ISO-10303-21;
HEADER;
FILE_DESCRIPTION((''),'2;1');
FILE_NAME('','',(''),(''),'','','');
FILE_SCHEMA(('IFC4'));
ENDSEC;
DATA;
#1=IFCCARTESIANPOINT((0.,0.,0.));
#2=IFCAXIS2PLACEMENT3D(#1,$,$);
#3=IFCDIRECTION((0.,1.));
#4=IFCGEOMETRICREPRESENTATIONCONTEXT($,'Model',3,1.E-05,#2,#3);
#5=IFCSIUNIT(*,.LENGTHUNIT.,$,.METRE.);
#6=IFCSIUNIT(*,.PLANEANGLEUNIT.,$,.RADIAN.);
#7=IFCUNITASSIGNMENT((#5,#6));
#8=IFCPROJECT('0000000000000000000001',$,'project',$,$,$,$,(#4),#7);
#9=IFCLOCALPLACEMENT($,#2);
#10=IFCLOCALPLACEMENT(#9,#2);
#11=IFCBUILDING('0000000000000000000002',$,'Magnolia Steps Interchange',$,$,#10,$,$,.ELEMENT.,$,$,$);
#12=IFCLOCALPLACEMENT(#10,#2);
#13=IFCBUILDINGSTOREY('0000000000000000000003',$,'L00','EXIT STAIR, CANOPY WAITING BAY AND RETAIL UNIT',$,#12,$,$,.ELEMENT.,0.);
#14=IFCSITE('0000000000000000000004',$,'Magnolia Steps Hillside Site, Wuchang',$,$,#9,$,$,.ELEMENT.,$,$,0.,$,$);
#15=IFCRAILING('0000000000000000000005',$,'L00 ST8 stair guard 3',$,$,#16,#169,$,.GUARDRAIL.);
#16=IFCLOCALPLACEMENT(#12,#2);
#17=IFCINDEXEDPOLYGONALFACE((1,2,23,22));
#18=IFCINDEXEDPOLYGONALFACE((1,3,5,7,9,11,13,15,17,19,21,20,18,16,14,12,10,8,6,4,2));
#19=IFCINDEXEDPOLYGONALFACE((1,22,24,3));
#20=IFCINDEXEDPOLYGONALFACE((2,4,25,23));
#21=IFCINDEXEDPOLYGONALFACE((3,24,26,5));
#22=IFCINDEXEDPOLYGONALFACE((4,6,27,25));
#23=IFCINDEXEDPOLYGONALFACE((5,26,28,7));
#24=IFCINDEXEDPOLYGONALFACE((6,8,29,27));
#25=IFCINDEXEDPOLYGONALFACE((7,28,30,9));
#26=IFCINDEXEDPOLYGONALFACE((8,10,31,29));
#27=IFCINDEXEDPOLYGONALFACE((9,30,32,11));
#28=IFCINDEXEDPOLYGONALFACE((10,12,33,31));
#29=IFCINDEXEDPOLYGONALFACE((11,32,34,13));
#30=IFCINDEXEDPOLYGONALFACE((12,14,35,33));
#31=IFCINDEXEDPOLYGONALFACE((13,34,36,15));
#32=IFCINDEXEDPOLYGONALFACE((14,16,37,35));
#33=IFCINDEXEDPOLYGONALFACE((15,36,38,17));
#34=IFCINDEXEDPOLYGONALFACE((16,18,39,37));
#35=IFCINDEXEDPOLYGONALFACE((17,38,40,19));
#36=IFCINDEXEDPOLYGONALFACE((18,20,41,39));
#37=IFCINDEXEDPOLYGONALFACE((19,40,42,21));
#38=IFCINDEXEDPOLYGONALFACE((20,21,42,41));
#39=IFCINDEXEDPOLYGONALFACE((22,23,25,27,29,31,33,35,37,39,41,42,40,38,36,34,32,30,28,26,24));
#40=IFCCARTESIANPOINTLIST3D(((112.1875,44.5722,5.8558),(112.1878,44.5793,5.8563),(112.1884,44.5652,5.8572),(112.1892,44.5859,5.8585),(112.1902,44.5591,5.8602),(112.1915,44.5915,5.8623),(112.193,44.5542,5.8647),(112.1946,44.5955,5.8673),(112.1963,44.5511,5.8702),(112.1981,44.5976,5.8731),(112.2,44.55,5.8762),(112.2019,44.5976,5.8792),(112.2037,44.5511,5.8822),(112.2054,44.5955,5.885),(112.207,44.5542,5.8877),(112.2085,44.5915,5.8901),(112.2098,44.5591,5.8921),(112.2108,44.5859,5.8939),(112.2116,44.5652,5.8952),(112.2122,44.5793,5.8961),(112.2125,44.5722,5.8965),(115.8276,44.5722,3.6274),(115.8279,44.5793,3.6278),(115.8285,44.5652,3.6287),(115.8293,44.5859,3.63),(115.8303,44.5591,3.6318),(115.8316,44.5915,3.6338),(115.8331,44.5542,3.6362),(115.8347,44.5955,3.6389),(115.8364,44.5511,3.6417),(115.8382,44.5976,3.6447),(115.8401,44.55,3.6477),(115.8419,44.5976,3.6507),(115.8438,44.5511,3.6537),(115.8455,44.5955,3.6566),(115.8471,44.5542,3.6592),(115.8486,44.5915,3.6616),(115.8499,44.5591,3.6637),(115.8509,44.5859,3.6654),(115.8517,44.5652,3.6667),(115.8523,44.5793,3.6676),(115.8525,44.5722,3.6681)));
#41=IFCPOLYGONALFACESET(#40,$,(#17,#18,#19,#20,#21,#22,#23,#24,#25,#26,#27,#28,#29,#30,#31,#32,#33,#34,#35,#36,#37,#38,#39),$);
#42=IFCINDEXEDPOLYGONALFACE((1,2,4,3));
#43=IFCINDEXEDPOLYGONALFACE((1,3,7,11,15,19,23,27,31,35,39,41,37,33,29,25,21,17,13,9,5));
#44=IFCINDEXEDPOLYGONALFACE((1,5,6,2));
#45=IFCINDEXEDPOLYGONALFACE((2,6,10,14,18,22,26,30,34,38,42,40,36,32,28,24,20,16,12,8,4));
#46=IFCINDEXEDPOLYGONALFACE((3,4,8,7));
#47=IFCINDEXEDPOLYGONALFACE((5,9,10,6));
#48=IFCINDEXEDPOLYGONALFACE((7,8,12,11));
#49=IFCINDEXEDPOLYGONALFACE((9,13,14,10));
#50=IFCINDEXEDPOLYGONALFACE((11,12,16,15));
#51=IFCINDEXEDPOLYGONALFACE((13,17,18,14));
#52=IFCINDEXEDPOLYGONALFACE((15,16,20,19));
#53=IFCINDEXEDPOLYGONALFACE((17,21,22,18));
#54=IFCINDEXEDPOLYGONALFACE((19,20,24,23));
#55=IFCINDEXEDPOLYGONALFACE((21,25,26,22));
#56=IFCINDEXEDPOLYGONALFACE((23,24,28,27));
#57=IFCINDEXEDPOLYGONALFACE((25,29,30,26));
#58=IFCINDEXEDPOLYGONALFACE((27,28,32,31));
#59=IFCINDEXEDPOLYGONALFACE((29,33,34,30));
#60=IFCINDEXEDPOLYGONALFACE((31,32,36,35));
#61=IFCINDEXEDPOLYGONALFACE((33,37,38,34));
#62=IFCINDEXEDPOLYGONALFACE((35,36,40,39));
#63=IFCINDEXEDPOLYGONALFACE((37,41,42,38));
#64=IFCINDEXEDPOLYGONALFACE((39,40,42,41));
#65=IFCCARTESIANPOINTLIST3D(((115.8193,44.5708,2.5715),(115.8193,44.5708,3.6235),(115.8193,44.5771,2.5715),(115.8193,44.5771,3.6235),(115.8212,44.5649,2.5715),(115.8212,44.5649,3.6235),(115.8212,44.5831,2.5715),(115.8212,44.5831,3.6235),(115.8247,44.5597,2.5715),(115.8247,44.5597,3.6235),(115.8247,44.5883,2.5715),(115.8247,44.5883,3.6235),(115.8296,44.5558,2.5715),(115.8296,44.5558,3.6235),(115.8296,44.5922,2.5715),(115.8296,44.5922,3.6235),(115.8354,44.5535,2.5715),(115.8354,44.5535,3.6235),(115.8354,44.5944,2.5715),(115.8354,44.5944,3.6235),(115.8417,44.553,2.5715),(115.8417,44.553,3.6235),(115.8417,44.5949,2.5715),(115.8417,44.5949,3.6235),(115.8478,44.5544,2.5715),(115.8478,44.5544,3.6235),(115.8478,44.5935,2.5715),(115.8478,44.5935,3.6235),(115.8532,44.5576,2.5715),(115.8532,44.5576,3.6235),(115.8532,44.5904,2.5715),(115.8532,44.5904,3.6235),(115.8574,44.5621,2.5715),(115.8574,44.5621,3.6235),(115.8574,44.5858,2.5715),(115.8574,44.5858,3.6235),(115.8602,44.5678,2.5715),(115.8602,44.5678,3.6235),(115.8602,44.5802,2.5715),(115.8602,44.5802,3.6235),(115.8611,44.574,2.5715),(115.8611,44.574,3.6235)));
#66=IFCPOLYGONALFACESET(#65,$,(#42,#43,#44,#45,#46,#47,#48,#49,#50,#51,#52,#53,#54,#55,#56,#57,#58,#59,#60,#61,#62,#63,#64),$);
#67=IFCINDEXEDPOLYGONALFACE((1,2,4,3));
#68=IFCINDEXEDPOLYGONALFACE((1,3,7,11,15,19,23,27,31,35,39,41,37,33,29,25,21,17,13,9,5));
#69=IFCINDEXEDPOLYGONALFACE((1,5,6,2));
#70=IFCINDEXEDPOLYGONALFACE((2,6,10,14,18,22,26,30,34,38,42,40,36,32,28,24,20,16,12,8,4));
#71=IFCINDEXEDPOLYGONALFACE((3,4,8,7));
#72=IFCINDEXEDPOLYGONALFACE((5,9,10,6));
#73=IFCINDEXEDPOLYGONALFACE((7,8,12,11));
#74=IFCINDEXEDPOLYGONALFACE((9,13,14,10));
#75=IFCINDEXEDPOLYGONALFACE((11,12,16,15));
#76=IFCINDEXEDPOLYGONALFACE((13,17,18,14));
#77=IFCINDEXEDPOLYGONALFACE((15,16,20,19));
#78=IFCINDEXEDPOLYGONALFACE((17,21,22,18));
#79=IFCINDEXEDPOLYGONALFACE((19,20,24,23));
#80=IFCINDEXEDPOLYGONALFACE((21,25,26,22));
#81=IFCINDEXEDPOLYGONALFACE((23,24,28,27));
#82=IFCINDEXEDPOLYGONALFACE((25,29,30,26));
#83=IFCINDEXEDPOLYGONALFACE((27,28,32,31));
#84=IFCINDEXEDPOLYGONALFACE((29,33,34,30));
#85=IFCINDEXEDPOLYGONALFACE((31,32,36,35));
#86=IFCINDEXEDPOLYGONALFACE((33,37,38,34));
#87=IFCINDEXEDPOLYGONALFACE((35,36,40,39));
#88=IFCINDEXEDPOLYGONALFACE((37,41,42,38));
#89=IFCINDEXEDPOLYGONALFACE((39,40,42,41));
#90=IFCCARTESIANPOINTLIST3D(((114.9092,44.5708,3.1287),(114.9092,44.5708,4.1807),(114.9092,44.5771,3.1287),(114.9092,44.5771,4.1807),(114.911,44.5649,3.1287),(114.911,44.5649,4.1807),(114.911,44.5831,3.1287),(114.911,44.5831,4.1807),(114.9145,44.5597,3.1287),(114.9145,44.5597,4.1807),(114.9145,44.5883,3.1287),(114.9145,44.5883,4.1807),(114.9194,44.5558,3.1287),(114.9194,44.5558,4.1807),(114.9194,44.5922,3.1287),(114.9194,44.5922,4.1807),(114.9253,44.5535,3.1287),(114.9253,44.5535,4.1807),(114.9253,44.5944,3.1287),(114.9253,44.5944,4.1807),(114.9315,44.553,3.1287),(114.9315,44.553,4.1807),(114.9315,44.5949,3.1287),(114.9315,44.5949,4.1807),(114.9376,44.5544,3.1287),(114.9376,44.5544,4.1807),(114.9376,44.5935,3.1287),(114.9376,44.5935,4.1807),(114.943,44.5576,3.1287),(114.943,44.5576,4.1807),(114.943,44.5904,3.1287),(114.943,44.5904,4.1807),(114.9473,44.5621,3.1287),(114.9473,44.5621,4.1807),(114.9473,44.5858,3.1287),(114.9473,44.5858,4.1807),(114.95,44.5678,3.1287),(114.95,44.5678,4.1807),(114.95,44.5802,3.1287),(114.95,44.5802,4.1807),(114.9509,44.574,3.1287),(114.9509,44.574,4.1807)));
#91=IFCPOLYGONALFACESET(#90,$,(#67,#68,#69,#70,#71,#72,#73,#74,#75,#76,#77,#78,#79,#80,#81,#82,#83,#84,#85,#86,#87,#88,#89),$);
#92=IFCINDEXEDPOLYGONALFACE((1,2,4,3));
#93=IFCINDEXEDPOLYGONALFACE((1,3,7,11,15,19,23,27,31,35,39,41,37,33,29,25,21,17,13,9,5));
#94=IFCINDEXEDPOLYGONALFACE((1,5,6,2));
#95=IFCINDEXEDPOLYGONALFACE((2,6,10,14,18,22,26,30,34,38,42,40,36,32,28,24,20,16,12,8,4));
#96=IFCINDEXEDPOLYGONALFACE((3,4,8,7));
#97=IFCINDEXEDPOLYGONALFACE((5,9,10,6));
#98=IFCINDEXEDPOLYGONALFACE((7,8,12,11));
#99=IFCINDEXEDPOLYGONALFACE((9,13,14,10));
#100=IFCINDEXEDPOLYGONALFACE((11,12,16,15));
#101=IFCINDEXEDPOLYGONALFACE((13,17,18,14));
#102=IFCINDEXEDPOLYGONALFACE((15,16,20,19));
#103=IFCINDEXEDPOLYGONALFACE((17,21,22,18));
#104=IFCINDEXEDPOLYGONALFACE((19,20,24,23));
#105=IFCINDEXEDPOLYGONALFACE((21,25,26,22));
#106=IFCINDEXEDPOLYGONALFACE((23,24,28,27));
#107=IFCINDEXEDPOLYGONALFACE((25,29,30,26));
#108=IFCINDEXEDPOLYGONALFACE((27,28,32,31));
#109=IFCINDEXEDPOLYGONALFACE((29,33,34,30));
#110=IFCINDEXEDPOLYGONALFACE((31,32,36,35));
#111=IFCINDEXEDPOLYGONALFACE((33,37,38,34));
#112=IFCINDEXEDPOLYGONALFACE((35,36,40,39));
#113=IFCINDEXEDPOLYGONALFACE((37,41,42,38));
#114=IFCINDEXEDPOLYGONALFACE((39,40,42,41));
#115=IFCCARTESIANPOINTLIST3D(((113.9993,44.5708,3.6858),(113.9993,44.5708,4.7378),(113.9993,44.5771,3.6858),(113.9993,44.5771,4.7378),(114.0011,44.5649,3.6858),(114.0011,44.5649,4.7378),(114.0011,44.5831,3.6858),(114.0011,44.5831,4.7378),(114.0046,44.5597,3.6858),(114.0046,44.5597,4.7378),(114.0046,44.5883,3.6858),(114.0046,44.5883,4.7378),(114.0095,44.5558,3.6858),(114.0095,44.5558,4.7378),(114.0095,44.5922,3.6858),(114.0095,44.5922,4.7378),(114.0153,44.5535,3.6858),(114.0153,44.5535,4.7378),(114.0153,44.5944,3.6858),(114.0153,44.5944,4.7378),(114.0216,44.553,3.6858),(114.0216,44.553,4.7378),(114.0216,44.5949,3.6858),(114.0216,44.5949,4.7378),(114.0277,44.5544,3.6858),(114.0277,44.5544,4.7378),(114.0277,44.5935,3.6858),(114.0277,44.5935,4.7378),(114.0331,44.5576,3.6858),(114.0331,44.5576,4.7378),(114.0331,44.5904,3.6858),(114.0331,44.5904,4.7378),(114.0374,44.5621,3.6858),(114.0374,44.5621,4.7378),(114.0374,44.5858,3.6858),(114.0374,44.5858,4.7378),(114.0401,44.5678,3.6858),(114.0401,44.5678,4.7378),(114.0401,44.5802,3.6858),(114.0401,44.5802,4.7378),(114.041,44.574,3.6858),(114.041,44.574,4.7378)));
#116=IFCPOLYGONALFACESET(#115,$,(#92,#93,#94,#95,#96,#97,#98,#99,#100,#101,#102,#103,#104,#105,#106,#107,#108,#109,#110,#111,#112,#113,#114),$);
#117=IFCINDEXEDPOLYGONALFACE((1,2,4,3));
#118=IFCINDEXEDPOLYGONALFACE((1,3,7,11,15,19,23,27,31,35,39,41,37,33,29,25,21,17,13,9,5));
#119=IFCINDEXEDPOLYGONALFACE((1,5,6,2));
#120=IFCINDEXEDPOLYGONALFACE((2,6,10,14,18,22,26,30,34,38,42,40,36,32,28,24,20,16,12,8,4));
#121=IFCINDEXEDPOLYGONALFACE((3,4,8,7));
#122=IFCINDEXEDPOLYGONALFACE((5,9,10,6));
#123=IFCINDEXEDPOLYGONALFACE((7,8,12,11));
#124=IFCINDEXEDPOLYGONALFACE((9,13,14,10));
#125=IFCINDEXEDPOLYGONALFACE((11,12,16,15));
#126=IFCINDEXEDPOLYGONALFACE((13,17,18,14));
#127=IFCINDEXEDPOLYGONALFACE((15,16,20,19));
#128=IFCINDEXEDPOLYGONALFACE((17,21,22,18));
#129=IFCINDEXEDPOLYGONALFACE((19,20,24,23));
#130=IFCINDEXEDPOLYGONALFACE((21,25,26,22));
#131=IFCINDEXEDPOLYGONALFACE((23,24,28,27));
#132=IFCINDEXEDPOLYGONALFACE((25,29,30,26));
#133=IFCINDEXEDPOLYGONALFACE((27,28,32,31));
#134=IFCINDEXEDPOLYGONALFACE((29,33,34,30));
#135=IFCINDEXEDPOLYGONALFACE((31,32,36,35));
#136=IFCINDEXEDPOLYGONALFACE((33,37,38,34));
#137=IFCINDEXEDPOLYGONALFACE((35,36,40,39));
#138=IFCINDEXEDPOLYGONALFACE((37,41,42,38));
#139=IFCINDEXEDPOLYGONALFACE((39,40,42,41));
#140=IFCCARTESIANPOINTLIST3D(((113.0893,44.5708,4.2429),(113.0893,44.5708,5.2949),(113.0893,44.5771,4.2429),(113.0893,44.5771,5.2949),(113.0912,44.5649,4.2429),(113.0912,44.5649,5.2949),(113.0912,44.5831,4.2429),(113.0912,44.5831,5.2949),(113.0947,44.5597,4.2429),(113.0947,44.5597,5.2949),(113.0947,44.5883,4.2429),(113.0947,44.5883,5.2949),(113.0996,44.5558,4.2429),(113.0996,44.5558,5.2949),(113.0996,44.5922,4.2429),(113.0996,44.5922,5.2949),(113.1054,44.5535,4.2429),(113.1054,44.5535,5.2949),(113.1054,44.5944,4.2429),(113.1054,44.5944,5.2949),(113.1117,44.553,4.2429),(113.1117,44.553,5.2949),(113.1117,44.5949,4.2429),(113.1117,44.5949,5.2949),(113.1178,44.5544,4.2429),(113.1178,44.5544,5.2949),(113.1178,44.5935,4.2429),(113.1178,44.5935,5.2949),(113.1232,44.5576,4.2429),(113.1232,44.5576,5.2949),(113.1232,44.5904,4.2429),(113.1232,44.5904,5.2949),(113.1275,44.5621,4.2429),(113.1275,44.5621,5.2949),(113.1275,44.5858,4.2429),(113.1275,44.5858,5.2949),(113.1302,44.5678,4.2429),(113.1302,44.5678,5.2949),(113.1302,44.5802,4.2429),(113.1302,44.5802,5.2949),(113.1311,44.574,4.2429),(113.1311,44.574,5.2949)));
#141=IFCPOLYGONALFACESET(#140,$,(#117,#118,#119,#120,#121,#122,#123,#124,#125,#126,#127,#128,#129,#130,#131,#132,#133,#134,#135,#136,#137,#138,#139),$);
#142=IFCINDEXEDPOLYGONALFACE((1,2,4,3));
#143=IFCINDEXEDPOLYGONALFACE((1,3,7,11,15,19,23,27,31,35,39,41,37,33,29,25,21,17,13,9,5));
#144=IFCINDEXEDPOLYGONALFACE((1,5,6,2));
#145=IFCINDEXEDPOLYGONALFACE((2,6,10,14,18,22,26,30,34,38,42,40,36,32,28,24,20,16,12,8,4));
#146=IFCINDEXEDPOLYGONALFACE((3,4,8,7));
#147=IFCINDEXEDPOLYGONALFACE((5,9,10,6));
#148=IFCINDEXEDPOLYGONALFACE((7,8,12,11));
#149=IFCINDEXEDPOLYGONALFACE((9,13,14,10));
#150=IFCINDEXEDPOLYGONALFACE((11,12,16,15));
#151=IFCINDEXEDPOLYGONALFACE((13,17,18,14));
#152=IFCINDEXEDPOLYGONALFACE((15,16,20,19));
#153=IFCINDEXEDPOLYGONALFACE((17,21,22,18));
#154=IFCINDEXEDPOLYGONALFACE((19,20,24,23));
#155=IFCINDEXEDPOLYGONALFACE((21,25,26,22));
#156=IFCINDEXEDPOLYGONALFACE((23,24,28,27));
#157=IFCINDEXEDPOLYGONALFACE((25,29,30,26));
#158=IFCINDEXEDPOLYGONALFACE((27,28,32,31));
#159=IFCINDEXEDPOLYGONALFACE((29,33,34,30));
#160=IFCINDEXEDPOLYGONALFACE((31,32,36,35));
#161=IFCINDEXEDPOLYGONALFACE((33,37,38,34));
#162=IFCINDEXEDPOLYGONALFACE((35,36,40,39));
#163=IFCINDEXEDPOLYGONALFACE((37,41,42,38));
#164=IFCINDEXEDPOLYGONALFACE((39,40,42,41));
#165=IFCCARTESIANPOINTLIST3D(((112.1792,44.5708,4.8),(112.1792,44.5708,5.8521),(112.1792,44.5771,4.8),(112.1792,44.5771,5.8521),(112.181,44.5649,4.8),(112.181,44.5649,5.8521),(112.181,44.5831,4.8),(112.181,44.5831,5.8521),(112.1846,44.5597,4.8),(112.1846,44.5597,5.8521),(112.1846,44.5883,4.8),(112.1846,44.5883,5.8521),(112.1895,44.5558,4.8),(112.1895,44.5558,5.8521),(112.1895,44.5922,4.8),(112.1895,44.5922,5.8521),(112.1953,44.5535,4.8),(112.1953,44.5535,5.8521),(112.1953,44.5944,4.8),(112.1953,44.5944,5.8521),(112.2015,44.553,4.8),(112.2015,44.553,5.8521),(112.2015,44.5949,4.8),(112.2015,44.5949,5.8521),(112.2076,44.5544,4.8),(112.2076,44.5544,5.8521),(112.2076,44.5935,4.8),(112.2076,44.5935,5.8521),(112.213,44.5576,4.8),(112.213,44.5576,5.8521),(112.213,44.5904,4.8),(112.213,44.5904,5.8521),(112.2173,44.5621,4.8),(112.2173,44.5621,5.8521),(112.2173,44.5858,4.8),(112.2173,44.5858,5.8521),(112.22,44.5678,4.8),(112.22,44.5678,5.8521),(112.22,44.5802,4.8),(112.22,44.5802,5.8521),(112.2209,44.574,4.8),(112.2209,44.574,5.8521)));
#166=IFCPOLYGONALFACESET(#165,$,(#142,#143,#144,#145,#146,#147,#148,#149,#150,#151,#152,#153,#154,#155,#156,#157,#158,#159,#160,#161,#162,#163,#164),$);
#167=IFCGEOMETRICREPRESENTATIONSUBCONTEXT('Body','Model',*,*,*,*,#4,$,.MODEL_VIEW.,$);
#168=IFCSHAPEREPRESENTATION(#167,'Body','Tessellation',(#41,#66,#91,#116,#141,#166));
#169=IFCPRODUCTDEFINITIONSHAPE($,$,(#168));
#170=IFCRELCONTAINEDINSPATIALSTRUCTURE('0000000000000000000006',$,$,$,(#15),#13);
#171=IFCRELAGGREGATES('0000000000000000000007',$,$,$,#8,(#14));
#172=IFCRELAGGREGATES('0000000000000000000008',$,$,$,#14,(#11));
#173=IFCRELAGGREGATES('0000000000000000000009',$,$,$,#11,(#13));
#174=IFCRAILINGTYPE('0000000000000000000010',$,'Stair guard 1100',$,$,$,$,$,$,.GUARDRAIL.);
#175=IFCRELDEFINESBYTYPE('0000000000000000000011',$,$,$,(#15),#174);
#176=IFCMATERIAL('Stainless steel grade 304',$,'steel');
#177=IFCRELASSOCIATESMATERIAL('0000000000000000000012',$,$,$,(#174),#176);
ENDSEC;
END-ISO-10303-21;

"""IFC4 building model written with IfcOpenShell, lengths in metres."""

from ifc_helpers import new_model, si_unit, direction, frame, origin, origin_2d, place, context, subcontext, project, spatial, circle, extrude, material, type_object, element, save


model = new_model("IFC4")

# Units and contexts
model_context = context("Model", 3, precision=1e-05, world=origin(), true_north=direction((0.0, 1.0)))
body_context = subcontext(model_context, "Body", "Model", "MODEL_VIEW")
ifc_project = project(units=[si_unit("LENGTHUNIT", "METRE"), si_unit("PLANEANGLEUNIT", "RADIAN")], contexts=[model_context])

# Site, building, storey
site_placement = place(None, origin())
site = spatial("IfcSite", under=ifc_project, at=site_placement, Name="Magnolia Steps Hillside Site, Wuchang", CompositionType="ELEMENT", RefElevation=0.0)
building_placement = place(site_placement, origin())
building = spatial("IfcBuilding", under=site, at=building_placement, Name="Magnolia Steps Interchange", CompositionType="ELEMENT")
storey_placement = place(building_placement, origin())
storey = spatial("IfcBuildingStorey", under=building, at=storey_placement, Name="L00", Description="EXIT STAIR, CANOPY WAITING BAY AND RETAIL UNIT", CompositionType="ELEMENT", Elevation=0.0)

# Railing
ifc_material_1 = material(Name="Stainless steel grade 304", Category="steel")
railing_type_1 = type_object("IfcRailingType", Name="Stair guard 1100", PredefinedType="GUARDRAIL", material=ifc_material_1)
railing_1_placement = place(storey_placement, frame((115.8401, 44.574, 2.5715)))
element("IfcRailing", 1, at=railing_1_placement, inside=storey, type_object=railing_type_1, Name="L00 ST8 stair guard 3", PredefinedType="GUARDRAIL", context=body_context, shape_type="SweptSolid", body=[
    extrude(circle(Radius=0.0239, at=origin_2d()), frame((0.0, 0.0, 1.0762), z_axis=(-0.852866, 0.0, 0.52213), x_axis=(0.0, -1.0, 0.0)), (0.0, 0.0, 1.0), 4.2681),
    extrude(circle(Radius=0.021, at=origin_2d()), origin(), (0.0, 0.0, 1.0), 1.052),
    extrude(circle(Radius=0.021, at=origin_2d()), frame((-0.9102, 0.0, 0.5571)), (0.0, 0.0, 1.0), 1.052),
    extrude(circle(Radius=0.021, at=origin_2d()), frame((-1.8201, 0.0, 1.1143)), (0.0, 0.0, 1.0), 1.052),
    extrude(circle(Radius=0.021, at=origin_2d()), frame((-2.73, 0.0, 1.6714)), (0.0, 0.0, 1.0), 1.052),
    extrude(circle(Radius=0.021, at=origin_2d()), frame((-3.6401, 0.0, 2.2285)), (0.0, 0.0, 1.0), 1.052),
])

save(model, "model.ifc")
